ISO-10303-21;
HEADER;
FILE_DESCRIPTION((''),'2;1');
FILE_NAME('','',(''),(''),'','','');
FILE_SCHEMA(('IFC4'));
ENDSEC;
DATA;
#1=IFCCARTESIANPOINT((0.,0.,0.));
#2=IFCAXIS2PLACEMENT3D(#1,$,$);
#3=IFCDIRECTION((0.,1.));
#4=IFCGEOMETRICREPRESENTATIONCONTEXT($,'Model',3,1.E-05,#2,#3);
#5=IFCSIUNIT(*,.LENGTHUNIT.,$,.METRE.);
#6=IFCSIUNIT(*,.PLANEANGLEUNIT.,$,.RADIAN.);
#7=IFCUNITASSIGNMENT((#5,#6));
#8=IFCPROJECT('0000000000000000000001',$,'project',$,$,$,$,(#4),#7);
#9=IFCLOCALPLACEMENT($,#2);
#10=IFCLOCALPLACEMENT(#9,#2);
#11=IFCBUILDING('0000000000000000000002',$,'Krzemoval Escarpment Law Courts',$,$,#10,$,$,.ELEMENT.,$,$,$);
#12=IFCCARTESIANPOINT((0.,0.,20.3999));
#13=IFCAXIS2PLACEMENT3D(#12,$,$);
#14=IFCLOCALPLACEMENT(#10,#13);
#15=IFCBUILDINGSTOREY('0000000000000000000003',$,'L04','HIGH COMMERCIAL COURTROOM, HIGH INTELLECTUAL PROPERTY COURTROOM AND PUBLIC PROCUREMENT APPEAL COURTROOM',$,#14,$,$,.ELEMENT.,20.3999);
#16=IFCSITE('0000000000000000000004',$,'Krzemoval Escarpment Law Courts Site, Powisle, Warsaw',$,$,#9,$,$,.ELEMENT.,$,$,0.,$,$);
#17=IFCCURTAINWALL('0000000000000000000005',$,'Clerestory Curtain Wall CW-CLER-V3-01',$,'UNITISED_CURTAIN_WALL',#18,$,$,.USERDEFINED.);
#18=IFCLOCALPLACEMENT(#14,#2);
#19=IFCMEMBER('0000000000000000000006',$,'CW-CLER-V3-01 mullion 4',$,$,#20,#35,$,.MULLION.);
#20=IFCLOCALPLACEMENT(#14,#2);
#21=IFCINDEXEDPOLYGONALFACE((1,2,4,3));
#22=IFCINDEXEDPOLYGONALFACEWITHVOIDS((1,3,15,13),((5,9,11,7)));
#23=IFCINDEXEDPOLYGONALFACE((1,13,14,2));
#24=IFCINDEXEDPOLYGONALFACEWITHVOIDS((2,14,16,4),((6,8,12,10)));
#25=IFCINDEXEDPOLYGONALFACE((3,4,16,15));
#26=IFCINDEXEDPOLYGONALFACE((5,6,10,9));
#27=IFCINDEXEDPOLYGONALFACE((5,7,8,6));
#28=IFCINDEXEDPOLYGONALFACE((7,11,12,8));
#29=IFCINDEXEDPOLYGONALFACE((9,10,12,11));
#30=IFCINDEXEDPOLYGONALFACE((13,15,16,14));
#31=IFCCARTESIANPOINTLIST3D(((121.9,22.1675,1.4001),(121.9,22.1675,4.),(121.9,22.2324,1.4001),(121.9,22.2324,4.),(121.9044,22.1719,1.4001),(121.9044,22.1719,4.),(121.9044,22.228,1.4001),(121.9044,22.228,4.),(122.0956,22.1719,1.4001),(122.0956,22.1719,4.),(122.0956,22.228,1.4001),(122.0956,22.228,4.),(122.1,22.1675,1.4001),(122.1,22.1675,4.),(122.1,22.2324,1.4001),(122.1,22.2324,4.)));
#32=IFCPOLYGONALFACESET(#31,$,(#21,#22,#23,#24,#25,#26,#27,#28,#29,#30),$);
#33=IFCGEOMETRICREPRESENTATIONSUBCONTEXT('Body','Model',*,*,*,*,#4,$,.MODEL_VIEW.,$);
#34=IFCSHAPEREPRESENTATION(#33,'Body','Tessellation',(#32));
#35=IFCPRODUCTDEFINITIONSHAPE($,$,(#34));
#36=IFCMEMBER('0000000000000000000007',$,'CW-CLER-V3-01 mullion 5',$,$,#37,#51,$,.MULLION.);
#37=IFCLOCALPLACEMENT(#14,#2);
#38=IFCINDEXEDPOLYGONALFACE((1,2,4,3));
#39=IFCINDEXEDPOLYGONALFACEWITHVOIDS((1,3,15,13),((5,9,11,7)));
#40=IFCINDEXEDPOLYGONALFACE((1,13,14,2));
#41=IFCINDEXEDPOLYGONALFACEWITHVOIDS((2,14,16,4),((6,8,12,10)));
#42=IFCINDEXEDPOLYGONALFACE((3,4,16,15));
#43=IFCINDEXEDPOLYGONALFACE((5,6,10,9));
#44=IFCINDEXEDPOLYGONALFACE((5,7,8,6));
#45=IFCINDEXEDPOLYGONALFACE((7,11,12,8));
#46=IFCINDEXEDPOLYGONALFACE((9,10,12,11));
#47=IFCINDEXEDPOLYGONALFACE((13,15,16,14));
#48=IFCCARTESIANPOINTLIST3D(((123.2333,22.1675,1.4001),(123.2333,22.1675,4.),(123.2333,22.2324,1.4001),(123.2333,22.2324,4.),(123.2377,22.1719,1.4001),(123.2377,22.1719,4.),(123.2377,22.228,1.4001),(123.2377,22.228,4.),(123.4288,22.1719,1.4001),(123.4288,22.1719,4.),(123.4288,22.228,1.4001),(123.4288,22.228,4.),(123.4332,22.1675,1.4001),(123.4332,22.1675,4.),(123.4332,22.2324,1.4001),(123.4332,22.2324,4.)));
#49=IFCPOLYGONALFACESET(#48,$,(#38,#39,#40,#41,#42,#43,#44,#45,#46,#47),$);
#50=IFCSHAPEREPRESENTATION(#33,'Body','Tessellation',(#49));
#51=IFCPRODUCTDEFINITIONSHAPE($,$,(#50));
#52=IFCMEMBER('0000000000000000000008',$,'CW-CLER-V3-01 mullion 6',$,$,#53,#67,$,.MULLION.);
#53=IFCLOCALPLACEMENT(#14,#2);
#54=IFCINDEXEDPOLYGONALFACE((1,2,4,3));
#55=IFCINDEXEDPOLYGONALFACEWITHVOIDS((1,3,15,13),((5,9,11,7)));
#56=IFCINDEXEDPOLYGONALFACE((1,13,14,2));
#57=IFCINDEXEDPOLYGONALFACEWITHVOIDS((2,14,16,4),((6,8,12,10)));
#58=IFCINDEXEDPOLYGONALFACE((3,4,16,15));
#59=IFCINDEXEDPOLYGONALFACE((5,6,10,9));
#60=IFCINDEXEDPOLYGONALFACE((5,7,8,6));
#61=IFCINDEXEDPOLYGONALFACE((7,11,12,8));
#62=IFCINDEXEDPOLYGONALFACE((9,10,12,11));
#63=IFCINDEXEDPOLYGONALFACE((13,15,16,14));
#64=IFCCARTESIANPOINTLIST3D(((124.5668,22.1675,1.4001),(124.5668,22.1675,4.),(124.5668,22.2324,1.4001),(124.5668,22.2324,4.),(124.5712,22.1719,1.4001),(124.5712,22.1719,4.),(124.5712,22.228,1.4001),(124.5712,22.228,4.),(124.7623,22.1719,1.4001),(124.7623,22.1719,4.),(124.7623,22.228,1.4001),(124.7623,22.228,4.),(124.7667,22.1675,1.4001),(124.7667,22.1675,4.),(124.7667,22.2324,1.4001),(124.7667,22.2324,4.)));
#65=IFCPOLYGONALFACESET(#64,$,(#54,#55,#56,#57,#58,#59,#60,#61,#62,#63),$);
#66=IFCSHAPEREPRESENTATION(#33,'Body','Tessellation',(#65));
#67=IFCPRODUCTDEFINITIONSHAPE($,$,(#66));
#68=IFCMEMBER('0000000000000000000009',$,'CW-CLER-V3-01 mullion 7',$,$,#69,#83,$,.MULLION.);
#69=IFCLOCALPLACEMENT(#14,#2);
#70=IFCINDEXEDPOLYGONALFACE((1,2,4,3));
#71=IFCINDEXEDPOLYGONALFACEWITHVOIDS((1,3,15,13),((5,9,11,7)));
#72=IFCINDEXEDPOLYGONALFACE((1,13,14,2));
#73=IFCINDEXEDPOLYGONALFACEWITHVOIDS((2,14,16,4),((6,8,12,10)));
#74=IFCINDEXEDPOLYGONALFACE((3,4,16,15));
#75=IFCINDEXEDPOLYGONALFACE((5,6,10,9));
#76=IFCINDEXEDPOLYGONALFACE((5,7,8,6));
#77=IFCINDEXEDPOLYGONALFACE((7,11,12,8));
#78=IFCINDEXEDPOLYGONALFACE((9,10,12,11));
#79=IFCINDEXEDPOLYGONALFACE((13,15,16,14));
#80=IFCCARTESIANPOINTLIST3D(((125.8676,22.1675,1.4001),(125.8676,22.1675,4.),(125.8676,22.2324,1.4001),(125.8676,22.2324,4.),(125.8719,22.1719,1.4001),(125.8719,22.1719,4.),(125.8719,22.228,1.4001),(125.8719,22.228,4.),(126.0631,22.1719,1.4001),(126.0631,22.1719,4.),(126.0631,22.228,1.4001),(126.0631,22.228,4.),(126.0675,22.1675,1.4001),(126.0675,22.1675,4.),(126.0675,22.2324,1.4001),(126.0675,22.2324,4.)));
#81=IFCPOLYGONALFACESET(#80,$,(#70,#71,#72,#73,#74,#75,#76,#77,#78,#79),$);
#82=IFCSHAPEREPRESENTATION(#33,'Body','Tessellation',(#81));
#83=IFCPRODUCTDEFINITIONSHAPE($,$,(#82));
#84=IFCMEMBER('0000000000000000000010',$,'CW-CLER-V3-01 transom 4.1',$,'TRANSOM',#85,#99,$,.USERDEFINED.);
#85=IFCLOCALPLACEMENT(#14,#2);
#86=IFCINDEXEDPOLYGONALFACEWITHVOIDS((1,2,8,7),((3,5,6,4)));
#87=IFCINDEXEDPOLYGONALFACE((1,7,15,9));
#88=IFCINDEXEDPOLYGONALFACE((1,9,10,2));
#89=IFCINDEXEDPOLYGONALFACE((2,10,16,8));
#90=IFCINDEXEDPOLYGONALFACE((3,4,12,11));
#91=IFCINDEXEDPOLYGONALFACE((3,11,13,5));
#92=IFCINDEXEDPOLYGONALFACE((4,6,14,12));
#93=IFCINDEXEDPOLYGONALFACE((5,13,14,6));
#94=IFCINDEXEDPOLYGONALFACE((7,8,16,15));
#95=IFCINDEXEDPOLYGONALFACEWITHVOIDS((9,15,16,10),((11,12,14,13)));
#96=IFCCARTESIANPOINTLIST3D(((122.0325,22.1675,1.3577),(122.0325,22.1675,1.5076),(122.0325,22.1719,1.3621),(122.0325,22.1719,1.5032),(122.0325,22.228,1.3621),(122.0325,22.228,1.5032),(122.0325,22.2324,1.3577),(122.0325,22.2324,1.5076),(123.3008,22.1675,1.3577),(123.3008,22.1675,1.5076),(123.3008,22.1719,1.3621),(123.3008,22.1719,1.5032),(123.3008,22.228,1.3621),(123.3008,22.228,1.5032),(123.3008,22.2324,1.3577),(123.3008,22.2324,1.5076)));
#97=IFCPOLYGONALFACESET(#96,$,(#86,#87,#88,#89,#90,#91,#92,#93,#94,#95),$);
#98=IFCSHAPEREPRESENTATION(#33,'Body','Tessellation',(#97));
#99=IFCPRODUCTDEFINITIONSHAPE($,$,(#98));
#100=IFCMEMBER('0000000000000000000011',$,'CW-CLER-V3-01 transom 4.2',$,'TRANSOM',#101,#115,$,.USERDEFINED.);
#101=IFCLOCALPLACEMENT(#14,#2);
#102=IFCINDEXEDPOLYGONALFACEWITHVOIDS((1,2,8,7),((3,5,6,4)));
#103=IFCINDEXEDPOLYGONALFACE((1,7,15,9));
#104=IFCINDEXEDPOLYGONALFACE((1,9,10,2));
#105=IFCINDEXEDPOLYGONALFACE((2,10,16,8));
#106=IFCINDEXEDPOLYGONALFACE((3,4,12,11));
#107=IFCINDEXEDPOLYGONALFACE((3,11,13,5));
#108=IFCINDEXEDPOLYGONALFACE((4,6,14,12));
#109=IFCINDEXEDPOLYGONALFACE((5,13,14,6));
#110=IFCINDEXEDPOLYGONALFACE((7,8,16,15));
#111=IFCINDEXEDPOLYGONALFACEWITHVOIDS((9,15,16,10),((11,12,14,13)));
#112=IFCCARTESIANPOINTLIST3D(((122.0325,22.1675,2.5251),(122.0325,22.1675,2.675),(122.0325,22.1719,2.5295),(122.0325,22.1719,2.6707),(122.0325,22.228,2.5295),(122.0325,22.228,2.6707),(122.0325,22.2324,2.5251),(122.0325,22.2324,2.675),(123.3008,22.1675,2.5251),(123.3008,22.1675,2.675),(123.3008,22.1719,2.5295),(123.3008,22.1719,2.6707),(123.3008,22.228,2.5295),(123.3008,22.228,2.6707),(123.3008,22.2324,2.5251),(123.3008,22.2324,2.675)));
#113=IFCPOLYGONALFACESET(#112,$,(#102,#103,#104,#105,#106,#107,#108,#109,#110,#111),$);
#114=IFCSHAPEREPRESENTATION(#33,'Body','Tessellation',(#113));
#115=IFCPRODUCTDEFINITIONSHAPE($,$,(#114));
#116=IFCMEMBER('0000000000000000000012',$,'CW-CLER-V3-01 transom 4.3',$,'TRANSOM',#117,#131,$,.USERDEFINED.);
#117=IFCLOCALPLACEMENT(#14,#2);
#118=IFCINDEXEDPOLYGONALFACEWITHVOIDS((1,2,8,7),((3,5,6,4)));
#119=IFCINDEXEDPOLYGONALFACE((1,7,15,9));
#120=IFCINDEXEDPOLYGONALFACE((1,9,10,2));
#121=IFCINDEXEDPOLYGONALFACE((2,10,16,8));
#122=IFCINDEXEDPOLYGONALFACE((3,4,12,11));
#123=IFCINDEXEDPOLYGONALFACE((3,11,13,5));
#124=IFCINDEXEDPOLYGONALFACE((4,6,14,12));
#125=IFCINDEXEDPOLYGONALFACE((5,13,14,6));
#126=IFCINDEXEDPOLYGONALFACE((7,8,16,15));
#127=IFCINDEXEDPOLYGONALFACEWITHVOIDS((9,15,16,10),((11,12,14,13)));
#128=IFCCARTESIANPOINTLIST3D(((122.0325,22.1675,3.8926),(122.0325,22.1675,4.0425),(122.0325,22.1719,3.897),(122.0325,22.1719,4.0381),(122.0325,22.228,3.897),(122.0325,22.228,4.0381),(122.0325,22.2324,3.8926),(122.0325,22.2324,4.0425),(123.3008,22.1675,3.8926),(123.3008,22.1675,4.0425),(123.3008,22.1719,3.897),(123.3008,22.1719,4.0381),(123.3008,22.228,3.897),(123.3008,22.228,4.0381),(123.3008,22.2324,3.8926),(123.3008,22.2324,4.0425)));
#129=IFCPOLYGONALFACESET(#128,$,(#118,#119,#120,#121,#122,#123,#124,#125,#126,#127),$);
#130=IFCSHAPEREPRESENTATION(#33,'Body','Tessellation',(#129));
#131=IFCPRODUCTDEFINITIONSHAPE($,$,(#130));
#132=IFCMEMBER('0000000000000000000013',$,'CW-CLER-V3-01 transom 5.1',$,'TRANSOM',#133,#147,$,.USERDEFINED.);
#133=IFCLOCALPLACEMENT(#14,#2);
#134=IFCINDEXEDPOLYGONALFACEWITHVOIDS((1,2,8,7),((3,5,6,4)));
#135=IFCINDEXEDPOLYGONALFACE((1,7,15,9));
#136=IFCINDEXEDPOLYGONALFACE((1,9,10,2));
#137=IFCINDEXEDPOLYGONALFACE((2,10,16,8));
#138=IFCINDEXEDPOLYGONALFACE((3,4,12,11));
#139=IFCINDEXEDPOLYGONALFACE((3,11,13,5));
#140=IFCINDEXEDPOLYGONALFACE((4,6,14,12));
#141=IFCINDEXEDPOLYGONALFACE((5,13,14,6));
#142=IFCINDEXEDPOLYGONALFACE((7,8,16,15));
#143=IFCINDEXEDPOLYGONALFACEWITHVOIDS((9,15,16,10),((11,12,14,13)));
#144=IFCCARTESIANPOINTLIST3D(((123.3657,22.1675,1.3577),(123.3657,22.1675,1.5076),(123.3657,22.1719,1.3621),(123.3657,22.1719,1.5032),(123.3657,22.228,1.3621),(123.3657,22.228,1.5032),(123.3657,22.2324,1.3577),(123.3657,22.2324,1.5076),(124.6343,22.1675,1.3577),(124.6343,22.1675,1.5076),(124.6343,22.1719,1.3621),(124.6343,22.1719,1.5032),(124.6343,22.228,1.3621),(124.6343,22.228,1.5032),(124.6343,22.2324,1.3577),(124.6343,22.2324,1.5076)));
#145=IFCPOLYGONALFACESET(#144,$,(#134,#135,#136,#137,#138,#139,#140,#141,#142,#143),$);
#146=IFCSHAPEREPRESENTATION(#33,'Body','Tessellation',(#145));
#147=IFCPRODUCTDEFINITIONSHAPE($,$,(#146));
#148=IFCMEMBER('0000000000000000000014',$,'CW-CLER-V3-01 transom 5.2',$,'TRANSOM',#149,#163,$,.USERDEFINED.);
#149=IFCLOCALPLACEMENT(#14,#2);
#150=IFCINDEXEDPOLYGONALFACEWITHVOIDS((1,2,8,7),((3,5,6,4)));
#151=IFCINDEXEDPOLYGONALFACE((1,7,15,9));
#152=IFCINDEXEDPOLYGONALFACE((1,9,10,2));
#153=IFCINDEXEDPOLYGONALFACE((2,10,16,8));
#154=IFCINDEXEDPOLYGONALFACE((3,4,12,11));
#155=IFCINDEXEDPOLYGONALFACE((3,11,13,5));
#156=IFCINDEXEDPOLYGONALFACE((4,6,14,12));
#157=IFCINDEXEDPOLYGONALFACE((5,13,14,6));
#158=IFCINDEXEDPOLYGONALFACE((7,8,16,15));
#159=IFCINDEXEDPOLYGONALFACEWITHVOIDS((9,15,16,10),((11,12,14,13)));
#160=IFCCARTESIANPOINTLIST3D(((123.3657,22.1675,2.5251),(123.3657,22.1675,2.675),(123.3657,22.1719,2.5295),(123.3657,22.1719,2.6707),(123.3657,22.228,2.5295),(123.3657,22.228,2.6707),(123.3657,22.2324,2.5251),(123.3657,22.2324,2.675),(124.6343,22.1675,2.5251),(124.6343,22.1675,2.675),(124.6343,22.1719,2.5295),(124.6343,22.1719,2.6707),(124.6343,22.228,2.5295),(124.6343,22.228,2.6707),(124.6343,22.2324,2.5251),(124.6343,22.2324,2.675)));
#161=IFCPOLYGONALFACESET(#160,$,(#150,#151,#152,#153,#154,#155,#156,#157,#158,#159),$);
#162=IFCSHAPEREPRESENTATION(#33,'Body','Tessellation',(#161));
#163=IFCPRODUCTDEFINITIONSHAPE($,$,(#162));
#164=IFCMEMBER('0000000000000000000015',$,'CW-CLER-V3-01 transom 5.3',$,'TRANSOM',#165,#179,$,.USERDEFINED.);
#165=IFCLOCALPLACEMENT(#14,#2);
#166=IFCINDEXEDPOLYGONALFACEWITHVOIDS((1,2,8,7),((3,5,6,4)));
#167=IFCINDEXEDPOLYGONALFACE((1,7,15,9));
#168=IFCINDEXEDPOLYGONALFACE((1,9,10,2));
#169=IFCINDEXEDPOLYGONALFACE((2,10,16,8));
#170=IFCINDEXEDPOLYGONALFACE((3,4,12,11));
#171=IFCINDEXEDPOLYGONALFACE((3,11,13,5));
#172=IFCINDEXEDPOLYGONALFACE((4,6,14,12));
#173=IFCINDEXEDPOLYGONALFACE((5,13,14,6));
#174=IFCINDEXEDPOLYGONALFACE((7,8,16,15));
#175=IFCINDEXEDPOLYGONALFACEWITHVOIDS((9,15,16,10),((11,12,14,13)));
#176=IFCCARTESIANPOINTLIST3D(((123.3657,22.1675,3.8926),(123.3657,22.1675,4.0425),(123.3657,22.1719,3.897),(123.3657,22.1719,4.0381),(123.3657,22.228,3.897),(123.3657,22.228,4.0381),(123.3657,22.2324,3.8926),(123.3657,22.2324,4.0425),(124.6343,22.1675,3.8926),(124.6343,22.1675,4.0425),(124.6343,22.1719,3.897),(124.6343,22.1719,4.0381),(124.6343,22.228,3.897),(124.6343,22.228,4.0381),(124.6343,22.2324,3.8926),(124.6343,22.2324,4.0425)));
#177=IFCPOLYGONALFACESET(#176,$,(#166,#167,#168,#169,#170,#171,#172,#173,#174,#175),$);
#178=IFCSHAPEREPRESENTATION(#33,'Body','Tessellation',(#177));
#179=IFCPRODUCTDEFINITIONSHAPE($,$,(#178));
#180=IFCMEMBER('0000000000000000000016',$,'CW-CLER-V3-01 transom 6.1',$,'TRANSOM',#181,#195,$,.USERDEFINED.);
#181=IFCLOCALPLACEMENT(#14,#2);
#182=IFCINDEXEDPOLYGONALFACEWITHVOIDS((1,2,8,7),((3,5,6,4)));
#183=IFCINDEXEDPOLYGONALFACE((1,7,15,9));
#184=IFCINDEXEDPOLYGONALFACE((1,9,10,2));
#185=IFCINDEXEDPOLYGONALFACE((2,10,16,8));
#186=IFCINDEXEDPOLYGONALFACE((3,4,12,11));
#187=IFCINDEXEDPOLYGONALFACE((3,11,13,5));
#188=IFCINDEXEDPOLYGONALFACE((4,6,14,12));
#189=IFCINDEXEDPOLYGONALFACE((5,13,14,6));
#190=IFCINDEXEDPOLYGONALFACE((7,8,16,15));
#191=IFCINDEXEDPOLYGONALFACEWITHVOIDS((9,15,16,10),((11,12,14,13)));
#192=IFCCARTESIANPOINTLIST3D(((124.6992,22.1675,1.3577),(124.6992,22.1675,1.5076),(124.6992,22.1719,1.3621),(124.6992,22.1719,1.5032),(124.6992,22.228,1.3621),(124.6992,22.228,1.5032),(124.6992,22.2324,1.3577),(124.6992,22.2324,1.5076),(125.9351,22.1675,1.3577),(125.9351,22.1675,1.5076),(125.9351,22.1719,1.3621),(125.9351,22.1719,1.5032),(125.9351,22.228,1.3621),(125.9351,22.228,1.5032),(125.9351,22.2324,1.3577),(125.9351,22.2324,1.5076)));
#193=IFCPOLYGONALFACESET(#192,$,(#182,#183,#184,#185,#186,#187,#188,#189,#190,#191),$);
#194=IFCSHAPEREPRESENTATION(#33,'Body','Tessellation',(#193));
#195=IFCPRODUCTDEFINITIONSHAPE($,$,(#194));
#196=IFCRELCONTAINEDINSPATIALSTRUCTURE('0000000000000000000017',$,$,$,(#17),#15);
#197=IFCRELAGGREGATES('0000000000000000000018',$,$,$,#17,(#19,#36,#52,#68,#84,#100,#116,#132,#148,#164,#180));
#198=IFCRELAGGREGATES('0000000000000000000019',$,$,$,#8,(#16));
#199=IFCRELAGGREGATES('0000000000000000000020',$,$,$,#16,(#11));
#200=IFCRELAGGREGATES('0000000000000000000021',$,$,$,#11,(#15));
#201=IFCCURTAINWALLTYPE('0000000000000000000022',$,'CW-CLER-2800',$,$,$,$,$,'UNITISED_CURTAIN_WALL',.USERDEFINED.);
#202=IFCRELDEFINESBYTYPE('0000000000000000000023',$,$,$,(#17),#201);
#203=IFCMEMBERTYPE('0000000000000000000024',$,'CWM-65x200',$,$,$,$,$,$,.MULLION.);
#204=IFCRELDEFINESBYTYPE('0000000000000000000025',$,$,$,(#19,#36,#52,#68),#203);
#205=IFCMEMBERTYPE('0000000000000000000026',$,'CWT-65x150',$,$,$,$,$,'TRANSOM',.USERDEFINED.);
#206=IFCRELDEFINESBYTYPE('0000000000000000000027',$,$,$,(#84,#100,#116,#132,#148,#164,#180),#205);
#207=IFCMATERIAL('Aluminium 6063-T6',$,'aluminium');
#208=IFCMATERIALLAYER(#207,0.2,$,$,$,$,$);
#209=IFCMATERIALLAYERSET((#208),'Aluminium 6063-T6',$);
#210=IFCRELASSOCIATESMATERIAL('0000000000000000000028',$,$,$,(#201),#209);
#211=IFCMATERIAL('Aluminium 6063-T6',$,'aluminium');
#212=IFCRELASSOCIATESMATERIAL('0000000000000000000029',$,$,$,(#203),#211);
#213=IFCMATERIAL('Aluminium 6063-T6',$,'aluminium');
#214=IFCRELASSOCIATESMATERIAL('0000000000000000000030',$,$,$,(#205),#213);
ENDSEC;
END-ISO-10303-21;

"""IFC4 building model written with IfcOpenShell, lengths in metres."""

from ifc_helpers import new_model, si_unit, direction, frame, origin, origin_2d, place, context, subcontext, project, spatial, hollow_rectangle, extrude, material, layer, layer_set, material_profile, profile_set, type_object, element, aggregate, save


model = new_model("IFC4")

# Units and contexts
model_context = context("Model", 3, precision=1e-05, world=origin(), true_north=direction((0.0, 1.0)))
body_context = subcontext(model_context, "Body", "Model", "MODEL_VIEW")
ifc_project = project(units=[si_unit("LENGTHUNIT", "METRE"), si_unit("PLANEANGLEUNIT", "RADIAN")], contexts=[model_context])

# Site, building, storey
site_placement = place(None, origin())
site = spatial("IfcSite", under=ifc_project, at=site_placement, Name="Krzemoval Escarpment Law Courts Site, Powisle, Warsaw", CompositionType="ELEMENT", RefElevation=0.0)
building_placement = place(site_placement, origin())
building = spatial("IfcBuilding", under=site, at=building_placement, Name="Krzemoval Escarpment Law Courts", CompositionType="ELEMENT")
storey_placement = place(building_placement, frame((0.0, 0.0, 20.3999)))
storey = spatial("IfcBuildingStorey", under=building, at=storey_placement, Name="L04", Description="HIGH COMMERCIAL COURTROOM, HIGH INTELLECTUAL PROPERTY COURTROOM AND PUBLIC PROCUREMENT APPEAL COURTROOM", CompositionType="ELEMENT", Elevation=20.3999)

# Curtain wall, members
ifc_material_1 = material(Name="Aluminium 6063-T6", Category="aluminium")
ifc_layer_1 = layer(ifc_material_1, 0.2)
ifc_layer_set_1 = layer_set([ifc_layer_1], Name="Aluminium 6063-T6")
curtain_wall_type = type_object("IfcCurtainWallType", Name="CW-CLER-2800", ElementType="UNITISED_CURTAIN_WALL", PredefinedType="USERDEFINED", material=ifc_layer_set_1)
curtain_wall_placement = place(storey_placement, origin())
curtain_wall = element("IfcCurtainWall", 1, at=curtain_wall_placement, inside=storey, type_object=curtain_wall_type, Name="Clerestory Curtain Wall CW-CLER-V3-01", ObjectType="UNITISED_CURTAIN_WALL", PredefinedType="USERDEFINED")
ifc_material_2 = material(Name="Aluminium 6063-T6", Category="aluminium")
ifc_material_profile_1 = material_profile(ifc_material_2, hollow_rectangle(XDim=0.0649, YDim=0.2, WallThickness=0.0044, at=origin_2d()), Name="ALU M65x200")
ifc_profile_set_1 = profile_set([ifc_material_profile_1], Name="Aluminium 6063-T6")
member_type_1 = type_object("IfcMemberType", Name="CWM-65x200", PredefinedType="MULLION", material=ifc_profile_set_1)
member_1_placement = place(storey_placement, frame((122.0, 22.2, 1.4001), z_axis=(0.0, 0.0, 1.0), x_axis=(0.0, 1.0, 0.0)))
member_1 = element("IfcMember", 2, at=member_1_placement, type_object=member_type_1, Name="CW-CLER-V3-01 mullion 4", PredefinedType="MULLION", context=body_context, shape_type="SweptSolid", body=[
    extrude(hollow_rectangle(XDim=0.0649, YDim=0.2, WallThickness=0.0044, at=origin_2d()), origin(), (0.0, 0.0, 1.0), 2.5999),
])
member_2_placement = place(storey_placement, frame((123.3333, 22.2, 1.4001), z_axis=(0.0, 0.0, 1.0), x_axis=(0.0, 1.0, 0.0)))
member_2 = element("IfcMember", 3, at=member_2_placement, type_object=member_type_1, Name="CW-CLER-V3-01 mullion 5", PredefinedType="MULLION", context=body_context, shape_type="SweptSolid", body=[
    extrude(hollow_rectangle(XDim=0.0649, YDim=0.2, WallThickness=0.0044, at=origin_2d()), origin(), (0.0, 0.0, 1.0), 2.5999),
])
member_3_placement = place(storey_placement, frame((124.6667, 22.2, 1.4001), z_axis=(0.0, 0.0, 1.0), x_axis=(0.0, 1.0, 0.0)))
member_3 = element("IfcMember", 4, at=member_3_placement, type_object=member_type_1, Name="CW-CLER-V3-01 mullion 6", PredefinedType="MULLION", context=body_context, shape_type="SweptSolid", body=[
    extrude(hollow_rectangle(XDim=0.0649, YDim=0.2, WallThickness=0.0044, at=origin_2d()), origin(), (0.0, 0.0, 1.0), 2.5999),
])
member_4_placement = place(storey_placement, frame((125.9675, 22.2, 1.4001), z_axis=(0.0, 0.0, 1.0), x_axis=(0.0, 1.0, 0.0)))
member_4 = element("IfcMember", 5, at=member_4_placement, type_object=member_type_1, Name="CW-CLER-V3-01 mullion 7", PredefinedType="MULLION", context=body_context, shape_type="SweptSolid", body=[
    extrude(hollow_rectangle(XDim=0.0649, YDim=0.2, WallThickness=0.0044, at=origin_2d()), origin(), (0.0, 0.0, 1.0), 2.5999),
])
ifc_material_3 = material(Name="Aluminium 6063-T6", Category="aluminium")
ifc_material_profile_2 = material_profile(ifc_material_3, hollow_rectangle(XDim=0.0649, YDim=0.1499, WallThickness=0.0044, at=origin_2d()), Name="ALU T65x150")
ifc_profile_set_2 = profile_set([ifc_material_profile_2], Name="Aluminium 6063-T6")
member_type_2 = type_object("IfcMemberType", Name="CWT-65x150", ElementType="TRANSOM", PredefinedType="USERDEFINED", material=ifc_profile_set_2)
member_5_placement = place(storey_placement, frame((122.0325, 22.2, 1.4326), z_axis=(1.0, 0.0, 0.0), x_axis=(0.0, 1.0, 0.0)))
member_5 = element("IfcMember", 6, at=member_5_placement, type_object=member_type_2, Name="CW-CLER-V3-01 transom 4.1", ObjectType="TRANSOM", PredefinedType="USERDEFINED", context=body_context, shape_type="SweptSolid", body=[
    extrude(hollow_rectangle(XDim=0.0649, YDim=0.1499, WallThickness=0.0044, at=origin_2d()), origin(), (0.0, 0.0, 1.0), 1.2683),
])
member_6_placement = place(storey_placement, frame((122.0325, 22.2, 2.6001), z_axis=(1.0, 0.0, 0.0), x_axis=(0.0, 1.0, 0.0)))
member_6 = element("IfcMember", 7, at=member_6_placement, type_object=member_type_2, Name="CW-CLER-V3-01 transom 4.2", ObjectType="TRANSOM", PredefinedType="USERDEFINED", context=body_context, shape_type="SweptSolid", body=[
    extrude(hollow_rectangle(XDim=0.0649, YDim=0.1499, WallThickness=0.0044, at=origin_2d()), origin(), (0.0, 0.0, 1.0), 1.2683),
])
member_7_placement = place(storey_placement, frame((122.0325, 22.2, 3.9675), z_axis=(1.0, 0.0, 0.0), x_axis=(0.0, 1.0, 0.0)))
member_7 = element("IfcMember", 8, at=member_7_placement, type_object=member_type_2, Name="CW-CLER-V3-01 transom 4.3", ObjectType="TRANSOM", PredefinedType="USERDEFINED", context=body_context, shape_type="SweptSolid", body=[
    extrude(hollow_rectangle(XDim=0.0649, YDim=0.1499, WallThickness=0.0044, at=origin_2d()), origin(), (0.0, 0.0, 1.0), 1.2683),
])
member_8_placement = place(storey_placement, frame((123.3657, 22.2, 1.4326), z_axis=(1.0, 0.0, 0.0), x_axis=(0.0, 1.0, 0.0)))
member_8 = element("IfcMember", 9, at=member_8_placement, type_object=member_type_2, Name="CW-CLER-V3-01 transom 5.1", ObjectType="TRANSOM", PredefinedType="USERDEFINED", context=body_context, shape_type="SweptSolid", body=[
    extrude(hollow_rectangle(XDim=0.0649, YDim=0.1499, WallThickness=0.0044, at=origin_2d()), origin(), (0.0, 0.0, 1.0), 1.2686),
])
member_9_placement = place(storey_placement, frame((123.3657, 22.2, 2.6001), z_axis=(1.0, 0.0, 0.0), x_axis=(0.0, 1.0, 0.0)))
member_9 = element("IfcMember", 10, at=member_9_placement, type_object=member_type_2, Name="CW-CLER-V3-01 transom 5.2", ObjectType="TRANSOM", PredefinedType="USERDEFINED", context=body_context, shape_type="SweptSolid", body=[
    extrude(hollow_rectangle(XDim=0.0649, YDim=0.1499, WallThickness=0.0044, at=origin_2d()), origin(), (0.0, 0.0, 1.0), 1.2686),
])
member_10_placement = place(storey_placement, frame((123.3657, 22.2, 3.9675), z_axis=(1.0, 0.0, 0.0), x_axis=(0.0, 1.0, 0.0)))
member_10 = element("IfcMember", 11, at=member_10_placement, type_object=member_type_2, Name="CW-CLER-V3-01 transom 5.3", ObjectType="TRANSOM", PredefinedType="USERDEFINED", context=body_context, shape_type="SweptSolid", body=[
    extrude(hollow_rectangle(XDim=0.0649, YDim=0.1499, WallThickness=0.0044, at=origin_2d()), origin(), (0.0, 0.0, 1.0), 1.2686),
])
member_11_placement = place(storey_placement, frame((124.6992, 22.2, 1.4326), z_axis=(1.0, 0.0, 0.0), x_axis=(0.0, 1.0, 0.0)))
member_11 = element("IfcMember", 12, at=member_11_placement, type_object=member_type_2, Name="CW-CLER-V3-01 transom 6.1", ObjectType="TRANSOM", PredefinedType="USERDEFINED", context=body_context, shape_type="SweptSolid", body=[
    extrude(hollow_rectangle(XDim=0.0649, YDim=0.1499, WallThickness=0.0044, at=origin_2d()), origin(), (0.0, 0.0, 1.0), 1.2358),
])
aggregate(curtain_wall, [member_1, member_2, member_3, member_4, member_5, member_6, member_7, member_8, member_9, member_10, member_11])

save(model, "model.ifc")
